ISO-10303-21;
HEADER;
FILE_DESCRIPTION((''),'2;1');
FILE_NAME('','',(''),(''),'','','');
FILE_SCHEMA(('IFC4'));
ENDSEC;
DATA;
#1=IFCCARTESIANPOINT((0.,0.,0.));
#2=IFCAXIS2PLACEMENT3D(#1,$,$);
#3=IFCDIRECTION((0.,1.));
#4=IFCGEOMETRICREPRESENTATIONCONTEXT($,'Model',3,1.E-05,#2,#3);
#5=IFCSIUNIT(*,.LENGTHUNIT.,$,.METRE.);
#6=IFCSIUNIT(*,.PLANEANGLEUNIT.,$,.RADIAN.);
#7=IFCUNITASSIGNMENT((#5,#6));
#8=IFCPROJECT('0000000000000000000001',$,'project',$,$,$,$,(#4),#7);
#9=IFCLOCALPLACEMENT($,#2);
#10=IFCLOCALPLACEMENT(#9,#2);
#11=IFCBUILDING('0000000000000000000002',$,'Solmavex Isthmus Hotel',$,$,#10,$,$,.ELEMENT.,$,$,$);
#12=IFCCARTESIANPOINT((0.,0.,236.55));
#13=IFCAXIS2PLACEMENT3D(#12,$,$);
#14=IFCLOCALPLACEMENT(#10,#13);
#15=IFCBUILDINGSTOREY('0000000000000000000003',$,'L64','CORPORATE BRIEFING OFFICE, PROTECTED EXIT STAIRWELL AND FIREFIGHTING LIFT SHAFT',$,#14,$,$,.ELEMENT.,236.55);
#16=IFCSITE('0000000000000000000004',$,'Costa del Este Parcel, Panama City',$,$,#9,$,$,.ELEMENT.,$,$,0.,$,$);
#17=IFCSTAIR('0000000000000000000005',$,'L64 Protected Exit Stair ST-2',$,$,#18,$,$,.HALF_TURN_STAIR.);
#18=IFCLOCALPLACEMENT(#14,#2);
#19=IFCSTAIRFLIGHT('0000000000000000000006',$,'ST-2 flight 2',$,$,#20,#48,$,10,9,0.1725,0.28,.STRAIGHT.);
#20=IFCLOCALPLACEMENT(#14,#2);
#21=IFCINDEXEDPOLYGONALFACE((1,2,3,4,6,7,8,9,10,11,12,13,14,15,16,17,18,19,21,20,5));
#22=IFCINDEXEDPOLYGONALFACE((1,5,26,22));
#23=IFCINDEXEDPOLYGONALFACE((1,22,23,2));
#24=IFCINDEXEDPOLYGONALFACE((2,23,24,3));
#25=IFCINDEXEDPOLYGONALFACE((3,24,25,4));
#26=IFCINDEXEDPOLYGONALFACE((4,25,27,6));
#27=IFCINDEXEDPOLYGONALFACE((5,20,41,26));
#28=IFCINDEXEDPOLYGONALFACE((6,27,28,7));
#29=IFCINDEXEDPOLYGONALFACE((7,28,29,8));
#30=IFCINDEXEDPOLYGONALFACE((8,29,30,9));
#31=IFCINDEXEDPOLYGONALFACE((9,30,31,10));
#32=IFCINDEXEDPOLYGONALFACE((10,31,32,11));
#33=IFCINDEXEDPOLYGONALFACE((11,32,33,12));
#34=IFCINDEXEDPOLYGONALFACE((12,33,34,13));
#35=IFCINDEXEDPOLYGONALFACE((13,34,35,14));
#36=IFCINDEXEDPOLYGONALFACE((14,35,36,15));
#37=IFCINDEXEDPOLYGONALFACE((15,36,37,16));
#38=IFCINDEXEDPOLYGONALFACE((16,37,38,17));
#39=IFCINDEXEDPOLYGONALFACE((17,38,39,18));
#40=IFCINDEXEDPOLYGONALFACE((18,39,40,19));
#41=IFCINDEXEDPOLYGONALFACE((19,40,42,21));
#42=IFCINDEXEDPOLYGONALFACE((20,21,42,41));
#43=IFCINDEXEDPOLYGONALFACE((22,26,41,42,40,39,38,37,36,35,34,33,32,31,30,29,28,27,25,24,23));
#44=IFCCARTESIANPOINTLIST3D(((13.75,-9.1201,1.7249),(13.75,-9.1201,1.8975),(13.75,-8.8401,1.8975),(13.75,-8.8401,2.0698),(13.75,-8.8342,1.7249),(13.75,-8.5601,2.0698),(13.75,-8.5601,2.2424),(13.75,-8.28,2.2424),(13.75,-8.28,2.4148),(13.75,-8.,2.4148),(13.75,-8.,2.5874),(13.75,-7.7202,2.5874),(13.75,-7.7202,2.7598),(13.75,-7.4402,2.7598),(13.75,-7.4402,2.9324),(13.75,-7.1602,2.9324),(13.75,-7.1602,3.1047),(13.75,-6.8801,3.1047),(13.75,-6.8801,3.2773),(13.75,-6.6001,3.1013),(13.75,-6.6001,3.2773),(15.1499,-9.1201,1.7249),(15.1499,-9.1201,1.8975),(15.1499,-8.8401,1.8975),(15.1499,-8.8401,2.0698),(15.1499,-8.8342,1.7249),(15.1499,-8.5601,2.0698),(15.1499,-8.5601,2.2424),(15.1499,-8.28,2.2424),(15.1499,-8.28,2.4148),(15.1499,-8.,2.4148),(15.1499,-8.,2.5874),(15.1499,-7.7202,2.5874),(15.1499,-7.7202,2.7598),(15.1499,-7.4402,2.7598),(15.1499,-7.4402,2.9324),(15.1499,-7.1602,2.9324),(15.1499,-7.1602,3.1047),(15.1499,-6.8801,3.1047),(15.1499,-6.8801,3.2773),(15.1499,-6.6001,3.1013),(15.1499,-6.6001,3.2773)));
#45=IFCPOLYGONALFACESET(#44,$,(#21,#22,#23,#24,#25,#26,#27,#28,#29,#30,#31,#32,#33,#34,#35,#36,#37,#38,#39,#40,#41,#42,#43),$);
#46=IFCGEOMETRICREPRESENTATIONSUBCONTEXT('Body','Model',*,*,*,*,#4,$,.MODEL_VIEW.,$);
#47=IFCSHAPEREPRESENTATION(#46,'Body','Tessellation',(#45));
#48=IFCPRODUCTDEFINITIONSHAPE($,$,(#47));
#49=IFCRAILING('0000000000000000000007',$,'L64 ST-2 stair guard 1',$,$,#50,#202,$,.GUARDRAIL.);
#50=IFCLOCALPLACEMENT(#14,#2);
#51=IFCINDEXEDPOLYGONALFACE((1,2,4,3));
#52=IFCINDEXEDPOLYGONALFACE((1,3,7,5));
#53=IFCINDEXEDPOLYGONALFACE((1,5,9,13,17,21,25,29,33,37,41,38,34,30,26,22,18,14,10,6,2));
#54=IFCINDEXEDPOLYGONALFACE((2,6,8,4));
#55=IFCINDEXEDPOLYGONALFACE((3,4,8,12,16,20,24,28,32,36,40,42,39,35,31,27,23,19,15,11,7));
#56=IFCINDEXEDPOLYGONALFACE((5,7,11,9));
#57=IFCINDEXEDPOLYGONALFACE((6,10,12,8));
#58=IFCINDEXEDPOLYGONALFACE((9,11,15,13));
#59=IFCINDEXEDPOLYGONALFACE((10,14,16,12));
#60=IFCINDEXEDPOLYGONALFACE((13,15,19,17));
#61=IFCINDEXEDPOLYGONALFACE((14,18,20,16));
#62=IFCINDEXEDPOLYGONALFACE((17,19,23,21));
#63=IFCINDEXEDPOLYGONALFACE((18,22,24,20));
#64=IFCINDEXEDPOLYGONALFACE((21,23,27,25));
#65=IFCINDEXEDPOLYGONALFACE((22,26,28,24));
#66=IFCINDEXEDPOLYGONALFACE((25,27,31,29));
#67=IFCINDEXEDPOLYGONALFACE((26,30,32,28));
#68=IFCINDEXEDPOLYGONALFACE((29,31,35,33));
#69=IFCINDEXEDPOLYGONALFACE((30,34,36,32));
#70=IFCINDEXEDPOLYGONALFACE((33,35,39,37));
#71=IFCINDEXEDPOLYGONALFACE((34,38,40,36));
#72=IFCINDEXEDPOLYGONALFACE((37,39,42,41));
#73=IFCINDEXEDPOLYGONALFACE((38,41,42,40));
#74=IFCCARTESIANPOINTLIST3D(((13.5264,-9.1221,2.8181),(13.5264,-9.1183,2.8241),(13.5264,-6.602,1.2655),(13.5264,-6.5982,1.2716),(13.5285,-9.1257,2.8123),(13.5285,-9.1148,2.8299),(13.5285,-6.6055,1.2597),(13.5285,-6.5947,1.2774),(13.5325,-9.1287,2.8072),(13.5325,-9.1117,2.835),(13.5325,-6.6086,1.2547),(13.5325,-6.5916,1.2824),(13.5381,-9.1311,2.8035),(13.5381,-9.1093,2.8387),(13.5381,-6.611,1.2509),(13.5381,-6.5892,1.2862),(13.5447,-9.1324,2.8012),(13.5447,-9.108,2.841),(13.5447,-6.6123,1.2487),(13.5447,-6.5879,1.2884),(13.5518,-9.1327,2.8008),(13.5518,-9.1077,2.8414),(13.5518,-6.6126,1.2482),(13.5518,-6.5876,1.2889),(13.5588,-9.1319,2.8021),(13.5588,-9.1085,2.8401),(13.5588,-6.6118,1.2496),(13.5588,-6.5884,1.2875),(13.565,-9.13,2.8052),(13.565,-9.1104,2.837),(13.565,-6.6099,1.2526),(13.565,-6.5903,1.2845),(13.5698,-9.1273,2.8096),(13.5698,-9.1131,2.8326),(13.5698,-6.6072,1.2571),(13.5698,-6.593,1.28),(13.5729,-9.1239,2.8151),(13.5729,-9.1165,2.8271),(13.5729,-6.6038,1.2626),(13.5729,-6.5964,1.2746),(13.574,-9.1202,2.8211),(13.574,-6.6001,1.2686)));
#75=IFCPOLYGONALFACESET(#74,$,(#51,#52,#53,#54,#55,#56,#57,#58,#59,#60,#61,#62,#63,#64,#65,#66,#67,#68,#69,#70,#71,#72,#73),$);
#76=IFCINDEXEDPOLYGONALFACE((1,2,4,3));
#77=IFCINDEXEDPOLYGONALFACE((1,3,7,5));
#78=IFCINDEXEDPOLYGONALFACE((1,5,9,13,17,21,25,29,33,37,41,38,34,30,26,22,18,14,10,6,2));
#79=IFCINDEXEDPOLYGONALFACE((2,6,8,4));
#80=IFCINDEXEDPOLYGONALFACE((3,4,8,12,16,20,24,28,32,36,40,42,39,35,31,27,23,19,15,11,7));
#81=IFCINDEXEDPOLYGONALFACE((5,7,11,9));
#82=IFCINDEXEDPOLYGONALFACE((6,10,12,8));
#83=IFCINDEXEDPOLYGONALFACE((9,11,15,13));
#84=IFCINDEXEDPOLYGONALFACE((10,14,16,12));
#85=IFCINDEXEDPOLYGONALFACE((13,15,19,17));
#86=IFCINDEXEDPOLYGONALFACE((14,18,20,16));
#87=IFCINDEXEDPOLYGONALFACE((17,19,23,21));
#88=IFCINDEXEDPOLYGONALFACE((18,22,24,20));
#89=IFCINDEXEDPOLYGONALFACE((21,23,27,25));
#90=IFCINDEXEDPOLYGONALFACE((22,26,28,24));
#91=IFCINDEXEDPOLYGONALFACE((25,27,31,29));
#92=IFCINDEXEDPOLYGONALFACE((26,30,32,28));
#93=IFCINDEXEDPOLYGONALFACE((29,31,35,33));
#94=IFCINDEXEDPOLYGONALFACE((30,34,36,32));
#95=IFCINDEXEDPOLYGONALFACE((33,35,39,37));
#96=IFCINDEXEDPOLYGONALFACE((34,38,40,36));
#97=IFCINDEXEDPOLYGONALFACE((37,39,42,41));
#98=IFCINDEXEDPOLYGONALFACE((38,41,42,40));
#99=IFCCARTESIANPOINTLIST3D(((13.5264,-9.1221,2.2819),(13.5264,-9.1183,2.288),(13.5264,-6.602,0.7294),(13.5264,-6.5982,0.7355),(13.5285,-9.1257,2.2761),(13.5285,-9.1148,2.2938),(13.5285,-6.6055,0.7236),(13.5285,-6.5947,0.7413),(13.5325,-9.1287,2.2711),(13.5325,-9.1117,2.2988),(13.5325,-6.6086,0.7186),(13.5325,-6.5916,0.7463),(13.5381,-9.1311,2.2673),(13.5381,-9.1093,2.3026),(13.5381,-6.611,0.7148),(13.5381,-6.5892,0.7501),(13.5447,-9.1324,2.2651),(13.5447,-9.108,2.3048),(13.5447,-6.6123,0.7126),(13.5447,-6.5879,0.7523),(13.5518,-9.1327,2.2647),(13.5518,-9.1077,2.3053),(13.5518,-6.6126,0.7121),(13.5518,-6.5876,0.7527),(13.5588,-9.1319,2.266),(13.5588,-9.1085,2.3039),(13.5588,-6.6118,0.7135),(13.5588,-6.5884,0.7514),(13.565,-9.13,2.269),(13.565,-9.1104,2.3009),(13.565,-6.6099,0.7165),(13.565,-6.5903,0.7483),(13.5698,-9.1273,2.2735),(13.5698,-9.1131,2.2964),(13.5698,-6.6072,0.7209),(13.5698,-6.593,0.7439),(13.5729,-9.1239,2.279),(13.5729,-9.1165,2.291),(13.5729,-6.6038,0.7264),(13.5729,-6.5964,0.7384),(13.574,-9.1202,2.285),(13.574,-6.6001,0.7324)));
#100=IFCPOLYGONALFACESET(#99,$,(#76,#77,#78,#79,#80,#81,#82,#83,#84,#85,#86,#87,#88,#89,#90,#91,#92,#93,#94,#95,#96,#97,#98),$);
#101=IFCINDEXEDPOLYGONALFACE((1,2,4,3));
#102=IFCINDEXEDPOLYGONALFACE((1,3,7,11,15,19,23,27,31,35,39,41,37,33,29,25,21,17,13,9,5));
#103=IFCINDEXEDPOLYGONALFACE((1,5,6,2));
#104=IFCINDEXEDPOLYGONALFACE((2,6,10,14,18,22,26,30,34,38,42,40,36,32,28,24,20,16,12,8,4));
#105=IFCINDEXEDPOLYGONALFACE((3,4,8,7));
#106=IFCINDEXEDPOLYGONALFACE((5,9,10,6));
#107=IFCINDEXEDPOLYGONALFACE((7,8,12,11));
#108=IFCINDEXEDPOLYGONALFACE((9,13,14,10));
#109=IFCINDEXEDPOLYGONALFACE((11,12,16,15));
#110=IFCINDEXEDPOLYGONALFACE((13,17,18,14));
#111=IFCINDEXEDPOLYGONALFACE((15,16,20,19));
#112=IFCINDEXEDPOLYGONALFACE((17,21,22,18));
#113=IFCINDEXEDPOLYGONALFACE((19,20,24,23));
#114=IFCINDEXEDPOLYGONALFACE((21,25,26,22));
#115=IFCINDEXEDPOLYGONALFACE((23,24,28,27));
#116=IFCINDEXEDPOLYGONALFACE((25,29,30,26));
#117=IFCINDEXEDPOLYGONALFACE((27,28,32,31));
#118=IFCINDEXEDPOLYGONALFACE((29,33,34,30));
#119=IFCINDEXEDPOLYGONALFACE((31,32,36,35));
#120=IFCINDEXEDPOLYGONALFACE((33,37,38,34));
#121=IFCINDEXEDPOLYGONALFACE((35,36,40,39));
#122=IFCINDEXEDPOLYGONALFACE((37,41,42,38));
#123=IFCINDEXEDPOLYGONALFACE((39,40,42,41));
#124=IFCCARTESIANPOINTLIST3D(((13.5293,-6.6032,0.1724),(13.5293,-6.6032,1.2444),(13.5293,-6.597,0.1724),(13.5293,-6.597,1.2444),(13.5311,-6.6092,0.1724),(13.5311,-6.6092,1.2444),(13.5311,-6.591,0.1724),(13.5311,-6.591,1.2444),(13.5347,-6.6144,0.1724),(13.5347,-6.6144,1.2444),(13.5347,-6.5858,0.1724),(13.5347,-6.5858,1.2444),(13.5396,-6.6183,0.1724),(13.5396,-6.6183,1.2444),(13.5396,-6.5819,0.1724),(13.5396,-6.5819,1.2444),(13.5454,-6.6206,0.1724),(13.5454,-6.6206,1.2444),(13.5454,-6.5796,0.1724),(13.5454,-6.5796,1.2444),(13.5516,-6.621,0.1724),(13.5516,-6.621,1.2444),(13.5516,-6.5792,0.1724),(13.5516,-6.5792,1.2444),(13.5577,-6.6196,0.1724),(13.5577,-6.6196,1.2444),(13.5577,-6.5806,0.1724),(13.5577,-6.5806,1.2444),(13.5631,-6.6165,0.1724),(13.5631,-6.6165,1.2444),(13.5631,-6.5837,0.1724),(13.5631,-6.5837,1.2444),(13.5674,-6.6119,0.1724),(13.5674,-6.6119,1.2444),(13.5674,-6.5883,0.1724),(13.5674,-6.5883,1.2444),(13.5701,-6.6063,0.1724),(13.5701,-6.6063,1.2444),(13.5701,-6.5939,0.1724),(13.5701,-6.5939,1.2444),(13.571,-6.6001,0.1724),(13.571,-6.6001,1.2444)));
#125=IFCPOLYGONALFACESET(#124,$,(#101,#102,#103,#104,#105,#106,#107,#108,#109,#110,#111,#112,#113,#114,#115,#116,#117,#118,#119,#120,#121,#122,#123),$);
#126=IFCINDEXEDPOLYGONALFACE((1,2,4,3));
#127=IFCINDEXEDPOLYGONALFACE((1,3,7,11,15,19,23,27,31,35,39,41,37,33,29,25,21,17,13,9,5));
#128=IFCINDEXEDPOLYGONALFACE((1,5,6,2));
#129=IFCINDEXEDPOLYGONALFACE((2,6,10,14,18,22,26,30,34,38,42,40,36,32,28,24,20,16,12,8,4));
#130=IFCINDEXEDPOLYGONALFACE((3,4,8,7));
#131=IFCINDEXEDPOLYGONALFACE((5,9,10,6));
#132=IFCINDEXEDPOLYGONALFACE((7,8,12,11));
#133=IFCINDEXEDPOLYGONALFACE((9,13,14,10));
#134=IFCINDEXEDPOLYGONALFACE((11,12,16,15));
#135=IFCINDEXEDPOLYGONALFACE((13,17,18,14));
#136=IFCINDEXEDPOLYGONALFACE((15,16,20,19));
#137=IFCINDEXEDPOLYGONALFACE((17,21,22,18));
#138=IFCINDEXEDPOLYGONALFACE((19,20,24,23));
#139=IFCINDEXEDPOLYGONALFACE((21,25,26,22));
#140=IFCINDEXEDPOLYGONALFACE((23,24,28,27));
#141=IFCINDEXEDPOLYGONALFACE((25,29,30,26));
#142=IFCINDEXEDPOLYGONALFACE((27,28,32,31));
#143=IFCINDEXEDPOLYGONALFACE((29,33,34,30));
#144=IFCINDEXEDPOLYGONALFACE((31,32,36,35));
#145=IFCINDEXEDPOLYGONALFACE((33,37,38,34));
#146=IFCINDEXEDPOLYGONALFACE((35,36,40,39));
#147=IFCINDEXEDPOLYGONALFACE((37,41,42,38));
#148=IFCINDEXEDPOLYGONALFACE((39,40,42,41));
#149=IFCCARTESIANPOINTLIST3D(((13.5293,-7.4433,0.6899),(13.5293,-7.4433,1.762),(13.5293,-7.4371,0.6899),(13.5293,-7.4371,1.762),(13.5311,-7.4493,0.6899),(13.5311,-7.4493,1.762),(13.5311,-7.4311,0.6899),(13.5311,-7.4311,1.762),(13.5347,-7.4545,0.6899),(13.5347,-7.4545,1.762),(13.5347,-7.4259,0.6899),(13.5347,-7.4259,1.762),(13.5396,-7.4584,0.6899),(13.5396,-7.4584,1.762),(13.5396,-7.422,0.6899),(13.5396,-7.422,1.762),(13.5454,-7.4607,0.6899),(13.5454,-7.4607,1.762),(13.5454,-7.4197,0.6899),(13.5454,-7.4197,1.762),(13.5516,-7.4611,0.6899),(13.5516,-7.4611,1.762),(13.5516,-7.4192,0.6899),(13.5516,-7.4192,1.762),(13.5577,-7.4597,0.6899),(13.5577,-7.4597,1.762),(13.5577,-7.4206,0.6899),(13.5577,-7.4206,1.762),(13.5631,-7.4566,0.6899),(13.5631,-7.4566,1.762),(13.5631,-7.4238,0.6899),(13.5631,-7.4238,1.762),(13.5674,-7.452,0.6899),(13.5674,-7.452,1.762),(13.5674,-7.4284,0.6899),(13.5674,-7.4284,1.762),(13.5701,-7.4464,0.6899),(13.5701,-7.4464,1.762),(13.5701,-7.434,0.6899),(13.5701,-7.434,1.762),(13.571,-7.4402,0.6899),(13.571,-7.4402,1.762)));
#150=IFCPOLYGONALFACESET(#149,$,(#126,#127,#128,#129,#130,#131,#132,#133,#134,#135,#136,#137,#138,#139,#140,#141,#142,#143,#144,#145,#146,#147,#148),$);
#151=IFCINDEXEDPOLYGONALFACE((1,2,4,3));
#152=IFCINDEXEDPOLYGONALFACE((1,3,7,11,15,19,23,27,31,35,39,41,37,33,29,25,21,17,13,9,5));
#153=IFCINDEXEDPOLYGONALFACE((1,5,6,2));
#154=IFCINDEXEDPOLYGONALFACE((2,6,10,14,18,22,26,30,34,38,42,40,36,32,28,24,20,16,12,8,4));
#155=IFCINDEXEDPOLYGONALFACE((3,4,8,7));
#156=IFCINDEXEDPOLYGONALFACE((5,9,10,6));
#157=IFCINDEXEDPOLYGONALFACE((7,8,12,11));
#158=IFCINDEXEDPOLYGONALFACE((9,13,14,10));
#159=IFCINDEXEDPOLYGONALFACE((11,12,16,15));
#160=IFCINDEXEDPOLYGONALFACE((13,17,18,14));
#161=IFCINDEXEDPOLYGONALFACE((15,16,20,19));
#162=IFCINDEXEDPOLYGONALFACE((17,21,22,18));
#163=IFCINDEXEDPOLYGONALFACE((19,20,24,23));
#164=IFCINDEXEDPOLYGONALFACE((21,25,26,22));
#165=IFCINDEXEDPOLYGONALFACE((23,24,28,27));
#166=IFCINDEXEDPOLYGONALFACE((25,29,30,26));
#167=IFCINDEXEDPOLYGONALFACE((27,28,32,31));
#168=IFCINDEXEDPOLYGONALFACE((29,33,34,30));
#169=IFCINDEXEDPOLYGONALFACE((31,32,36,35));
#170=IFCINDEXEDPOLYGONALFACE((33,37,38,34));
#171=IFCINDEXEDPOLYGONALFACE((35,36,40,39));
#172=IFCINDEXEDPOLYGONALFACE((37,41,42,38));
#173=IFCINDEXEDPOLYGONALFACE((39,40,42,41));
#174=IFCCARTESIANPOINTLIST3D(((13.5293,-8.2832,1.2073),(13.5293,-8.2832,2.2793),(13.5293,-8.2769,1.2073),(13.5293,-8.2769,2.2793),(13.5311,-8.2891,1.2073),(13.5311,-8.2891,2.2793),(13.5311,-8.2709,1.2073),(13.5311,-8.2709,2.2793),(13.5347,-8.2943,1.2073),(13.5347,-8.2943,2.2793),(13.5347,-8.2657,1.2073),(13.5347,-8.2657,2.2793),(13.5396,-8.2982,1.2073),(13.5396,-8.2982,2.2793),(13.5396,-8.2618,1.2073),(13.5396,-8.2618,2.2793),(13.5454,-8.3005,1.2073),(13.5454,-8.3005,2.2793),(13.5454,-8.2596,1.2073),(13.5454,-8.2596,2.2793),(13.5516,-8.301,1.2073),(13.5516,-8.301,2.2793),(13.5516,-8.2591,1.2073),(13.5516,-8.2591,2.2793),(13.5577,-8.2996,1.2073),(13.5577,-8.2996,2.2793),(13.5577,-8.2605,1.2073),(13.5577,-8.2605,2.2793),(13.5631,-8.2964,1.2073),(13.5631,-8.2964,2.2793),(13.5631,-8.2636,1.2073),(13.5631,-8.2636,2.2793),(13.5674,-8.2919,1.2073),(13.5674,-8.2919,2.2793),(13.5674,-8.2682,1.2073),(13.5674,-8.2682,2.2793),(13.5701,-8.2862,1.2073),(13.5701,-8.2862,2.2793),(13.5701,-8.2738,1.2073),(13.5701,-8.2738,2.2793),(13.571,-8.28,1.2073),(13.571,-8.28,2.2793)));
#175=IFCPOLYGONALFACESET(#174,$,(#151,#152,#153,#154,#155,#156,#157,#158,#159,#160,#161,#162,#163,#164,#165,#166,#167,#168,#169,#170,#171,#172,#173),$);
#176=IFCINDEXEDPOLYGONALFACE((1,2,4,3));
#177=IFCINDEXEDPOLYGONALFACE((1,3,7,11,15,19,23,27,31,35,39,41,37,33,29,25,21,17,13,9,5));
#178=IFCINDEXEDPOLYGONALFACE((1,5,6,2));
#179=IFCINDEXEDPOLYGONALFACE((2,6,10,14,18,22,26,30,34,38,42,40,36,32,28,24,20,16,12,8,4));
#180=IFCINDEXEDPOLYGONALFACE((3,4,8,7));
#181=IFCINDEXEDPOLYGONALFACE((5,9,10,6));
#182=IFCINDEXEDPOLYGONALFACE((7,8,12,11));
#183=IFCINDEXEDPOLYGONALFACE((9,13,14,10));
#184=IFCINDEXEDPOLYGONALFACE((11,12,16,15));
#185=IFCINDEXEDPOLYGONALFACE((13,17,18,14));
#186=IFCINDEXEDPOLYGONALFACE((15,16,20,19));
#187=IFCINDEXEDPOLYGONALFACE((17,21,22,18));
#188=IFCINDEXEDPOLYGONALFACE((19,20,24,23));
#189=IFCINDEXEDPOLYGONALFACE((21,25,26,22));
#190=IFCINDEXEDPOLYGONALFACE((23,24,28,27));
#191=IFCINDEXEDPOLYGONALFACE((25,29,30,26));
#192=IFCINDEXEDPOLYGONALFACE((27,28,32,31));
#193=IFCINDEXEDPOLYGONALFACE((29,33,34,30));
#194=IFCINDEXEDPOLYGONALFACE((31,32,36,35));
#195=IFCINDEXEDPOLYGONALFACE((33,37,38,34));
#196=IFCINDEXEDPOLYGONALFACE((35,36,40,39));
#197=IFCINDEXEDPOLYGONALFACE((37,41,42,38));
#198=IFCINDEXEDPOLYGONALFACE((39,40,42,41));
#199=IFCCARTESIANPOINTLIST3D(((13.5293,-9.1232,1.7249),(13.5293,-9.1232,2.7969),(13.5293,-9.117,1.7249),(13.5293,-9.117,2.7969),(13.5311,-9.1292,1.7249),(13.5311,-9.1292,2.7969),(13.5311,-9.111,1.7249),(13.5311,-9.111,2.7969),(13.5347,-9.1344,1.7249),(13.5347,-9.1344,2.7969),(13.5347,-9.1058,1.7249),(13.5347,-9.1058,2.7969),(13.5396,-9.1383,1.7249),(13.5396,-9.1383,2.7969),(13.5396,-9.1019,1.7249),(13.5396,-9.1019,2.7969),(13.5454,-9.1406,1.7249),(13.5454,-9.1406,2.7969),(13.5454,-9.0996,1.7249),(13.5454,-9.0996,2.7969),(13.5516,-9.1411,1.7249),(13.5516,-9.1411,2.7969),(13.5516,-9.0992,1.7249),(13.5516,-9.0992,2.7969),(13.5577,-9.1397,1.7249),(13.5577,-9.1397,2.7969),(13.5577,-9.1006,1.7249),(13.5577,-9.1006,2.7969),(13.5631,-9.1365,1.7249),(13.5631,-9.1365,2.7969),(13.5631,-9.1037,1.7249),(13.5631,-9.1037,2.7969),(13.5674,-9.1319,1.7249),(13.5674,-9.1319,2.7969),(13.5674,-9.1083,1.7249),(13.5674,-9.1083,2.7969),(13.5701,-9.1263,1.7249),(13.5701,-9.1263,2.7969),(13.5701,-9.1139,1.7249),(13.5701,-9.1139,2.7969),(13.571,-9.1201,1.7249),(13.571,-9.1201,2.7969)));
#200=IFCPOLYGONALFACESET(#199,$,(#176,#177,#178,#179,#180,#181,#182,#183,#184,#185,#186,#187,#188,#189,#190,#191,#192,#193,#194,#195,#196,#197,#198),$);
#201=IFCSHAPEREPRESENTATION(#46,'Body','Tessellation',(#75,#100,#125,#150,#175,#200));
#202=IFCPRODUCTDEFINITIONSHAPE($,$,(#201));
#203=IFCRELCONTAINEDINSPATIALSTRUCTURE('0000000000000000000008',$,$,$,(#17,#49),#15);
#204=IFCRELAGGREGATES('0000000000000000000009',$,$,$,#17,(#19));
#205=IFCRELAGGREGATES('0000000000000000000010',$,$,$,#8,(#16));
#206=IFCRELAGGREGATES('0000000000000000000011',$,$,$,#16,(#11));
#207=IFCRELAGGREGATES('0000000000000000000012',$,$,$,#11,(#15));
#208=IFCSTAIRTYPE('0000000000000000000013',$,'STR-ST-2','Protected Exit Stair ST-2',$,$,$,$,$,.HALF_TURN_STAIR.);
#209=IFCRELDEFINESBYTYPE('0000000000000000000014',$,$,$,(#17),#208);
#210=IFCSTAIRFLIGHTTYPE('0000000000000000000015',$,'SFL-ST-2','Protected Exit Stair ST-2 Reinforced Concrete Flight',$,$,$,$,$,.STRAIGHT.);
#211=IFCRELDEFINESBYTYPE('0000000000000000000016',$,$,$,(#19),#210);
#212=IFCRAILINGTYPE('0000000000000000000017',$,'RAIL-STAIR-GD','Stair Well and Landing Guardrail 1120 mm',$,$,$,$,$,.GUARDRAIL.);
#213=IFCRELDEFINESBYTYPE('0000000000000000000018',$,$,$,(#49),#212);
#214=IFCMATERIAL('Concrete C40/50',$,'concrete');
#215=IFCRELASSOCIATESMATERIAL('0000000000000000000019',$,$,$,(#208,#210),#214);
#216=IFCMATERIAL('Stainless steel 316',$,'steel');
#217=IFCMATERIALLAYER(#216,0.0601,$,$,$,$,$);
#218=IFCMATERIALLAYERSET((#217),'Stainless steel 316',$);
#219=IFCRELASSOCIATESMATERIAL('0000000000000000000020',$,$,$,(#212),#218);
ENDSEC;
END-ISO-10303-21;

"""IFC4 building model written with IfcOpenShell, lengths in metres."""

from ifc_helpers import new_model, si_unit, direction, frame, origin, origin_2d, place, context, subcontext, project, spatial, polyline, circle, outline, extrude, material, layer, layer_set, type_object, element, aggregate, save


model = new_model("IFC4")

# Units and contexts
model_context = context("Model", 3, precision=1e-05, world=origin(), true_north=direction((0.0, 1.0)))
body_context = subcontext(model_context, "Body", "Model", "MODEL_VIEW")
ifc_project = project(units=[si_unit("LENGTHUNIT", "METRE"), si_unit("PLANEANGLEUNIT", "RADIAN")], contexts=[model_context])

# Site, building, storey
site_placement = place(None, origin())
site = spatial("IfcSite", under=ifc_project, at=site_placement, Name="Costa del Este Parcel, Panama City", CompositionType="ELEMENT", RefElevation=0.0)
building_placement = place(site_placement, origin())
building = spatial("IfcBuilding", under=site, at=building_placement, Name="Solmavex Isthmus Hotel", CompositionType="ELEMENT")
storey_placement = place(building_placement, frame((0.0, 0.0, 236.55)))
storey = spatial("IfcBuildingStorey", under=building, at=storey_placement, Name="L64", Description="CORPORATE BRIEFING OFFICE, PROTECTED EXIT STAIRWELL AND FIREFIGHTING LIFT SHAFT", CompositionType="ELEMENT", Elevation=236.55)

# Shared definitions
ifc_material_1 = material(Name="Concrete C40/50", Category="concrete")

# Shared definitions
ifc_material_2 = material(Name="Stainless steel 316", Category="steel")

# Stair, stair flight
stair_type = type_object("IfcStairType", Name="STR-ST-2", Description="Protected Exit Stair ST-2", PredefinedType="HALF_TURN_STAIR", material=ifc_material_1)
stair_placement = place(storey_placement, origin())
stair = element("IfcStair", 1, at=stair_placement, inside=storey, type_object=stair_type, Name="L64 Protected Exit Stair ST-2", PredefinedType="HALF_TURN_STAIR")
stair_flight_type = type_object("IfcStairFlightType", Name="SFL-ST-2", Description="Protected Exit Stair ST-2 Reinforced Concrete Flight", PredefinedType="STRAIGHT", material=ifc_material_1)
stair_flight_1_placement = place(storey_placement, frame((14.45, -9.1201, 1.7249), z_axis=(0.0, 0.0, 1.0), x_axis=(0.0, 1.0, 0.0)))
stair_flight_1 = element("IfcStairFlight", 2, at=stair_flight_1_placement, type_object=stair_flight_type, Name="ST-2 flight 2", NumberOfRisers=10, NumberOfTreads=9, PredefinedType="STRAIGHT", RiserHeight=0.1725, TreadLength=0.28, context=body_context, shape_type="SweptSolid", body=[
    extrude(outline(polyline([(0.0, 0.0), (0.0, 0.1726), (0.28, 0.1726), (0.28, 0.345), (0.5601, 0.345), (0.5601, 0.5176), (0.8401, 0.5176), (0.8401, 0.6899), (1.1201, 0.6899), (1.1201, 0.8625), (1.3999, 0.8625), (1.3999, 1.0349), (1.6799, 1.0349), (1.6799, 1.2075), (1.96, 1.2075), (1.96, 1.3799), (2.24, 1.3799), (2.24, 1.5525), (2.52, 1.5525), (2.52, 1.7251), (2.52, 1.3765), (0.2859, 0.0), (0.0, 0.0)])), frame((0.0, 0.7, 0.0), z_axis=(0.0, -1.0, 0.0), x_axis=(1.0, 0.0, 0.0)), (0.0, 0.0, 1.0), 1.3999),
])
aggregate(stair, [stair_flight_1])

# Railing
ifc_layer_1 = layer(ifc_material_2, 0.0601)
ifc_layer_set_1 = layer_set([ifc_layer_1], Name="Stainless steel 316")
railing_type_1 = type_object("IfcRailingType", Name="RAIL-STAIR-GD", Description="Stair Well and Landing Guardrail 1120 mm", PredefinedType="GUARDRAIL", material=ifc_layer_set_1)
railing_1_placement = place(storey_placement, frame((13.55, -6.6001, 0.1724)))
element("IfcRailing", 3, at=railing_1_placement, inside=storey, type_object=railing_type_1, Name="L64 ST-2 stair guard 1", PredefinedType="GUARDRAIL", context=body_context, shape_type="SweptSolid", body=[
    extrude(circle(Radius=0.0239, at=origin_2d()), frame((0.0, 0.0, 1.0962), z_axis=(0.0, -0.8514, 0.524516), x_axis=(1.0, 0.0, 0.0)), (0.0, 0.0, 1.0), 2.96),
    extrude(circle(Radius=0.0239, at=origin_2d()), frame((0.0, 0.0, 0.5601), z_axis=(0.0, -0.8514, 0.524516), x_axis=(1.0, 0.0, 0.0)), (0.0, 0.0, 1.0), 2.96),
    extrude(circle(Radius=0.021, at=origin_2d()), origin(), (0.0, 0.0, 1.0), 1.072),
    extrude(circle(Radius=0.021, at=origin_2d()), frame((0.0, -0.8401, 0.5176)), (0.0, 0.0, 1.0), 1.072),
    extrude(circle(Radius=0.021, at=origin_2d()), frame((0.0, -1.6799, 1.0349)), (0.0, 0.0, 1.0), 1.072),
    extrude(circle(Radius=0.021, at=origin_2d()), frame((0.0, -2.52, 1.5525)), (0.0, 0.0, 1.0), 1.072),
])

save(model, "model.ifc")
